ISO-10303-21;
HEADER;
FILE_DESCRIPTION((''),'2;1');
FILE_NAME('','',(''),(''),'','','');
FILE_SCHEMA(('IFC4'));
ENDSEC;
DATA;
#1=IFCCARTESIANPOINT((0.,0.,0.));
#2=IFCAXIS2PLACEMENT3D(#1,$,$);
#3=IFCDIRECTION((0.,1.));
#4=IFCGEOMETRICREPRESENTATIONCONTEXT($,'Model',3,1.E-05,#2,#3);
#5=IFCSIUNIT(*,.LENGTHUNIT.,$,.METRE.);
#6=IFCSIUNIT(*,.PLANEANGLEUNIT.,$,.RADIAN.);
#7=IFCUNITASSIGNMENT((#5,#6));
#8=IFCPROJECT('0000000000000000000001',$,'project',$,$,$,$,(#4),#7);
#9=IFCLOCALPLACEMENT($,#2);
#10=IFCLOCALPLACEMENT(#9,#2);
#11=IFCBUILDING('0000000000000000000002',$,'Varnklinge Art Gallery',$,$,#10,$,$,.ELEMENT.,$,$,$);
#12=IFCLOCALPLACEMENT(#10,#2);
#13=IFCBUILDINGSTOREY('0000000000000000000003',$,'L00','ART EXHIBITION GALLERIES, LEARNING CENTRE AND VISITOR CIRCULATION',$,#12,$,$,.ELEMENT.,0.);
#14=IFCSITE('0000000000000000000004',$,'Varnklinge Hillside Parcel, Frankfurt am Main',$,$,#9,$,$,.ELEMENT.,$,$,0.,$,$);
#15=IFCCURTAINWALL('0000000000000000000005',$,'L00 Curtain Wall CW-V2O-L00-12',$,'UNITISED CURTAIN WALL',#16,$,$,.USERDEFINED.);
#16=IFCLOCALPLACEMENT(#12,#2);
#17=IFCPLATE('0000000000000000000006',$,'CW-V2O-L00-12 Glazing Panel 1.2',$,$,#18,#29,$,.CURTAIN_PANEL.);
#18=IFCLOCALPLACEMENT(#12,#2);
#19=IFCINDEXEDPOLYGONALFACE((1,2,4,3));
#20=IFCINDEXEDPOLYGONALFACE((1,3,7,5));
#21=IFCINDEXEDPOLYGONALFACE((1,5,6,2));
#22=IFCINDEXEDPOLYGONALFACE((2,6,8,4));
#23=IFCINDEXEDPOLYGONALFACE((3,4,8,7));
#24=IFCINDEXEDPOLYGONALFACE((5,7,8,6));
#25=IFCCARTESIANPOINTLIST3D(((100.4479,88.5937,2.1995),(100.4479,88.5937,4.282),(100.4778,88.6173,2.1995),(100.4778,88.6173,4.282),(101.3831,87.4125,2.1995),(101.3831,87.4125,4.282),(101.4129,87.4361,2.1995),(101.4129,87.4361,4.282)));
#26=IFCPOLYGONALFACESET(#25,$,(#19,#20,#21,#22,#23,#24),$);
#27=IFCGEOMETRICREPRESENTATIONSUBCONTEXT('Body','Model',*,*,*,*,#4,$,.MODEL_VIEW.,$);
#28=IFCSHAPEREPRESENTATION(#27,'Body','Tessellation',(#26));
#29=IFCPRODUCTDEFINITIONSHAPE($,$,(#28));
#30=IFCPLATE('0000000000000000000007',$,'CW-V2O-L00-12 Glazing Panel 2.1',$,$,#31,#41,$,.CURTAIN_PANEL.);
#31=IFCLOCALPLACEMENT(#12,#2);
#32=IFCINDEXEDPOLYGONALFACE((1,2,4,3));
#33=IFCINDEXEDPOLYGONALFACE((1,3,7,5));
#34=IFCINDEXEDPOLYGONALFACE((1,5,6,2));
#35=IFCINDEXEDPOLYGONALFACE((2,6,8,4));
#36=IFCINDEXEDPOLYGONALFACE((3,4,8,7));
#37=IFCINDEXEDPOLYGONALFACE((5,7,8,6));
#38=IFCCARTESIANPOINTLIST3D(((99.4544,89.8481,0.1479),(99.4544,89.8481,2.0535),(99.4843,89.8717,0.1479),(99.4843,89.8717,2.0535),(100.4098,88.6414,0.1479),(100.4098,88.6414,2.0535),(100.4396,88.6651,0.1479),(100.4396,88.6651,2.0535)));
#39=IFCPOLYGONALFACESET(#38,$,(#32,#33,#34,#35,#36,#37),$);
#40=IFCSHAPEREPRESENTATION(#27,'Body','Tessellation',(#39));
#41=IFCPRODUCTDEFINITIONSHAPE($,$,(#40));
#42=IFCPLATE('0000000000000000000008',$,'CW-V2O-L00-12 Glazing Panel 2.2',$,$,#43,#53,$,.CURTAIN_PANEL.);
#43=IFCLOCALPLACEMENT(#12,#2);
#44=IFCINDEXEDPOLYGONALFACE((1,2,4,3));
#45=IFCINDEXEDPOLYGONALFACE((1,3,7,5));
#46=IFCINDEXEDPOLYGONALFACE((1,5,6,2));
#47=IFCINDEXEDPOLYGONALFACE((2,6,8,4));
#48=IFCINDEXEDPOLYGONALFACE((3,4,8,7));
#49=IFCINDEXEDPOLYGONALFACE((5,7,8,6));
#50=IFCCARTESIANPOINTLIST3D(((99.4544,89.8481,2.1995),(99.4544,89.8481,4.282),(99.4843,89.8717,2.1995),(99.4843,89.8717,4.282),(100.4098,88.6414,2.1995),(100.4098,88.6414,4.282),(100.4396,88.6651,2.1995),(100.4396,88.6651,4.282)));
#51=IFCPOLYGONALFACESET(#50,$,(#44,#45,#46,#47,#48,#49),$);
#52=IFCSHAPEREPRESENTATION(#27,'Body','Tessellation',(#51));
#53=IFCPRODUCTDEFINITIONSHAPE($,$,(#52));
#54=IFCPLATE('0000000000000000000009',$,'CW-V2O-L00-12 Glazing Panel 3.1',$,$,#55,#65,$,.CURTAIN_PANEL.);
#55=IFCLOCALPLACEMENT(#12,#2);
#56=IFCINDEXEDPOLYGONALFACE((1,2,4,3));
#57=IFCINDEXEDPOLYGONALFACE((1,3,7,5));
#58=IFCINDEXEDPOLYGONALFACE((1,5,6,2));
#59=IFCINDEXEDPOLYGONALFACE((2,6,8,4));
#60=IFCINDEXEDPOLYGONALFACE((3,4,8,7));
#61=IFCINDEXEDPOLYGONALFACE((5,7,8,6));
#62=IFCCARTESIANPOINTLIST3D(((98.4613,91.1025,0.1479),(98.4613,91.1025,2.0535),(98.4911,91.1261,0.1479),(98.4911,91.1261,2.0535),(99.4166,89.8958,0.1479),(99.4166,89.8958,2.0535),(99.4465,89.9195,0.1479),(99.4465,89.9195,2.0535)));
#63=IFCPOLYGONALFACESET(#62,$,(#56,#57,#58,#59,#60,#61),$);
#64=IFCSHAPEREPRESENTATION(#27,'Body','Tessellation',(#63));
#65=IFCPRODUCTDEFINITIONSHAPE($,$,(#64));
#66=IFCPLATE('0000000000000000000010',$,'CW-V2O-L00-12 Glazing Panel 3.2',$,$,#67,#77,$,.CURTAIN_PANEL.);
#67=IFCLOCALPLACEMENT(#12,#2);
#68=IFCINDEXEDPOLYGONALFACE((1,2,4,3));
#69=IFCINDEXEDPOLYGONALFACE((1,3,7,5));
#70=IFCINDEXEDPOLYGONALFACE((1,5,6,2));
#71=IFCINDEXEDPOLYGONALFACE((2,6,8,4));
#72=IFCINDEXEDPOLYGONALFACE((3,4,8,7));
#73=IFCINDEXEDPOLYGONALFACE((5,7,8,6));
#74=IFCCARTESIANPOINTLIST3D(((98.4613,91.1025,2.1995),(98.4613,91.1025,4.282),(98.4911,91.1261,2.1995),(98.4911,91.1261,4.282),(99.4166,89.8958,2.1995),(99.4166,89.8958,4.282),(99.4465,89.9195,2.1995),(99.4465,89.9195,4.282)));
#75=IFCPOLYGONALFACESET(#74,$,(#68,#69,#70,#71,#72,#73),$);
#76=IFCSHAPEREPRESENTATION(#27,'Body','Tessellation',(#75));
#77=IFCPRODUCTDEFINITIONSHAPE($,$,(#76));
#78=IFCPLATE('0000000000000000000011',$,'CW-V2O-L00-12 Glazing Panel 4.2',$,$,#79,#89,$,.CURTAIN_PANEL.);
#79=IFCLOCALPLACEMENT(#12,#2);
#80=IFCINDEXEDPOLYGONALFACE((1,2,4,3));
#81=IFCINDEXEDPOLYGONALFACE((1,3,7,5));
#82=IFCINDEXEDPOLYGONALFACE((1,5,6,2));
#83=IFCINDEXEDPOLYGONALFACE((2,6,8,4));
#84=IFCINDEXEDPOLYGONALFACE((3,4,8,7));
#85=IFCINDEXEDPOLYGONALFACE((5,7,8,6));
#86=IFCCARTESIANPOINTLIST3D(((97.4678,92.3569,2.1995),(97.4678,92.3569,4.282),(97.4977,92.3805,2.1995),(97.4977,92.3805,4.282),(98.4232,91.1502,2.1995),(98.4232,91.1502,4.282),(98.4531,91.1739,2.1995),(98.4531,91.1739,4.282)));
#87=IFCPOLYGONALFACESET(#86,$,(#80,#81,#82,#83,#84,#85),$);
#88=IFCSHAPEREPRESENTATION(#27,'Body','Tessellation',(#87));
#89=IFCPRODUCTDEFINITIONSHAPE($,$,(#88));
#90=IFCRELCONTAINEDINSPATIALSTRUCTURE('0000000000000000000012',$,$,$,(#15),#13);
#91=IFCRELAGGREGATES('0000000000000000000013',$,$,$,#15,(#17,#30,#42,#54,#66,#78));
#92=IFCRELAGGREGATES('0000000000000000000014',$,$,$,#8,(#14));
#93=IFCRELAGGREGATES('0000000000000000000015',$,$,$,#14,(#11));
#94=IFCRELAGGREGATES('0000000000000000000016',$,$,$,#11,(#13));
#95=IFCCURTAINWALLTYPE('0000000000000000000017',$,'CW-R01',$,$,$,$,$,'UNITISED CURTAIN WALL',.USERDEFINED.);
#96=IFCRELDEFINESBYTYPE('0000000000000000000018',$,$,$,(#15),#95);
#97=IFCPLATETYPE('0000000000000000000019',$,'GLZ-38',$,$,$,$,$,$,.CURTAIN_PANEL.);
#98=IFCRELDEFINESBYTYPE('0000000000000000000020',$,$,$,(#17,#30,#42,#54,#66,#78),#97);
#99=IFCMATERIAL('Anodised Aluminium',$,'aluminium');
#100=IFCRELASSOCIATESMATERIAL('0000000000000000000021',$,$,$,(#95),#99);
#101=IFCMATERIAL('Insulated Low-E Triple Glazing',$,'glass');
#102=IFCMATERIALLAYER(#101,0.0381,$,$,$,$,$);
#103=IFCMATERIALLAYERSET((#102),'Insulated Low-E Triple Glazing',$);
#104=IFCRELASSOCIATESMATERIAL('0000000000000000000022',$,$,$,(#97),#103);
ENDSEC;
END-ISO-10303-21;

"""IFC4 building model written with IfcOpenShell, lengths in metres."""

from ifc_helpers import new_model, si_unit, direction, frame, origin, origin_2d, place, context, subcontext, project, spatial, rectangle, extrude, material, layer, layer_set, type_object, element, aggregate, save


model = new_model("IFC4")

# Units and contexts
model_context = context("Model", 3, precision=1e-05, world=origin(), true_north=direction((0.0, 1.0)))
body_context = subcontext(model_context, "Body", "Model", "MODEL_VIEW")
ifc_project = project(units=[si_unit("LENGTHUNIT", "METRE"), si_unit("PLANEANGLEUNIT", "RADIAN")], contexts=[model_context])

# Site, building, storey
site_placement = place(None, origin())
site = spatial("IfcSite", under=ifc_project, at=site_placement, Name="Varnklinge Hillside Parcel, Frankfurt am Main", CompositionType="ELEMENT", RefElevation=0.0)
building_placement = place(site_placement, origin())
building = spatial("IfcBuilding", under=site, at=building_placement, Name="Varnklinge Art Gallery", CompositionType="ELEMENT")
storey_placement = place(building_placement, origin())
storey = spatial("IfcBuildingStorey", under=building, at=storey_placement, Name="L00", Description="ART EXHIBITION GALLERIES, LEARNING CENTRE AND VISITOR CIRCULATION", CompositionType="ELEMENT", Elevation=0.0)

# Curtain wall
ifc_material_1 = material(Name="Anodised Aluminium", Category="aluminium")
curtain_wall_type = type_object("IfcCurtainWallType", Name="CW-R01", ElementType="UNITISED CURTAIN WALL", PredefinedType="USERDEFINED", material=ifc_material_1)
curtain_wall_1_placement = place(storey_placement, origin())
curtain_wall_1 = element("IfcCurtainWall", 1, at=curtain_wall_1_placement, inside=storey, type_object=curtain_wall_type, Name="L00 Curtain Wall CW-V2O-L00-12", ObjectType="UNITISED CURTAIN WALL", PredefinedType="USERDEFINED")

# Plates
ifc_material_2 = material(Name="Insulated Low-E Triple Glazing", Category="glass")
ifc_layer = layer(ifc_material_2, 0.0381)
ifc_layer_set = layer_set([ifc_layer], Name="Insulated Low-E Triple Glazing")
plate_type = type_object("IfcPlateType", Name="GLZ-38", PredefinedType="CURTAIN_PANEL", material=ifc_layer_set)
plate_1_placement = place(storey_placement, frame((100.9304, 88.0149, 2.1995), z_axis=(0.0, 0.0, 1.0), x_axis=(-0.620737, 0.784019, 0.0)))
plate_1 = element("IfcPlate", 2, at=plate_1_placement, type_object=plate_type, Name="CW-V2O-L00-12 Glazing Panel 1.2", PredefinedType="CURTAIN_PANEL", context=body_context, shape_type="SweptSolid", body=[
    extrude(rectangle(XDim=1.5066, YDim=0.0381, at=origin_2d()), origin(), (0.0, 0.0, 1.0), 2.0825),
])
plate_2_placement = place(storey_placement, frame((99.947, 89.2566, 0.1479), z_axis=(0.0, 0.0, 1.0), x_axis=(-0.620737, 0.784019, 0.0)))
plate_2 = element("IfcPlate", 3, at=plate_2_placement, type_object=plate_type, Name="CW-V2O-L00-12 Glazing Panel 2.1", PredefinedType="CURTAIN_PANEL", context=body_context, shape_type="SweptSolid", body=[
    extrude(rectangle(XDim=1.5391, YDim=0.0381, at=origin_2d()), origin(), (0.0, 0.0, 1.0), 1.9055),
])
plate_3_placement = place(storey_placement, frame((99.947, 89.2566, 2.1995), z_axis=(0.0, 0.0, 1.0), x_axis=(-0.620737, 0.784019, 0.0)))
plate_3 = element("IfcPlate", 4, at=plate_3_placement, type_object=plate_type, Name="CW-V2O-L00-12 Glazing Panel 2.2", PredefinedType="CURTAIN_PANEL", context=body_context, shape_type="SweptSolid", body=[
    extrude(rectangle(XDim=1.5391, YDim=0.0381, at=origin_2d()), origin(), (0.0, 0.0, 1.0), 2.0825),
])
plate_4_placement = place(storey_placement, frame((98.9539, 90.511, 0.1479), z_axis=(0.0, 0.0, 1.0), x_axis=(-0.620737, 0.784019, 0.0)))
plate_4 = element("IfcPlate", 5, at=plate_4_placement, type_object=plate_type, Name="CW-V2O-L00-12 Glazing Panel 3.1", PredefinedType="CURTAIN_PANEL", context=body_context, shape_type="SweptSolid", body=[
    extrude(rectangle(XDim=1.5391, YDim=0.0381, at=origin_2d()), origin(), (0.0, 0.0, 1.0), 1.9055),
])
plate_5_placement = place(storey_placement, frame((98.9539, 90.511, 2.1995), z_axis=(0.0, 0.0, 1.0), x_axis=(-0.620737, 0.784019, 0.0)))
plate_5 = element("IfcPlate", 6, at=plate_5_placement, type_object=plate_type, Name="CW-V2O-L00-12 Glazing Panel 3.2", PredefinedType="CURTAIN_PANEL", context=body_context, shape_type="SweptSolid", body=[
    extrude(rectangle(XDim=1.5391, YDim=0.0381, at=origin_2d()), origin(), (0.0, 0.0, 1.0), 2.0825),
])
plate_6_placement = place(storey_placement, frame((97.9604, 91.7654, 2.1995), z_axis=(0.0, 0.0, 1.0), x_axis=(-0.620737, 0.784019, 0.0)))
plate_6 = element("IfcPlate", 7, at=plate_6_placement, type_object=plate_type, Name="CW-V2O-L00-12 Glazing Panel 4.2", PredefinedType="CURTAIN_PANEL", context=body_context, shape_type="SweptSolid", body=[
    extrude(rectangle(XDim=1.5391, YDim=0.0381, at=origin_2d()), origin(), (0.0, 0.0, 1.0), 2.0825),
])
aggregate(curtain_wall_1, [plate_1, plate_2, plate_3, plate_4, plate_5, plate_6])

save(model, "model.ifc")
